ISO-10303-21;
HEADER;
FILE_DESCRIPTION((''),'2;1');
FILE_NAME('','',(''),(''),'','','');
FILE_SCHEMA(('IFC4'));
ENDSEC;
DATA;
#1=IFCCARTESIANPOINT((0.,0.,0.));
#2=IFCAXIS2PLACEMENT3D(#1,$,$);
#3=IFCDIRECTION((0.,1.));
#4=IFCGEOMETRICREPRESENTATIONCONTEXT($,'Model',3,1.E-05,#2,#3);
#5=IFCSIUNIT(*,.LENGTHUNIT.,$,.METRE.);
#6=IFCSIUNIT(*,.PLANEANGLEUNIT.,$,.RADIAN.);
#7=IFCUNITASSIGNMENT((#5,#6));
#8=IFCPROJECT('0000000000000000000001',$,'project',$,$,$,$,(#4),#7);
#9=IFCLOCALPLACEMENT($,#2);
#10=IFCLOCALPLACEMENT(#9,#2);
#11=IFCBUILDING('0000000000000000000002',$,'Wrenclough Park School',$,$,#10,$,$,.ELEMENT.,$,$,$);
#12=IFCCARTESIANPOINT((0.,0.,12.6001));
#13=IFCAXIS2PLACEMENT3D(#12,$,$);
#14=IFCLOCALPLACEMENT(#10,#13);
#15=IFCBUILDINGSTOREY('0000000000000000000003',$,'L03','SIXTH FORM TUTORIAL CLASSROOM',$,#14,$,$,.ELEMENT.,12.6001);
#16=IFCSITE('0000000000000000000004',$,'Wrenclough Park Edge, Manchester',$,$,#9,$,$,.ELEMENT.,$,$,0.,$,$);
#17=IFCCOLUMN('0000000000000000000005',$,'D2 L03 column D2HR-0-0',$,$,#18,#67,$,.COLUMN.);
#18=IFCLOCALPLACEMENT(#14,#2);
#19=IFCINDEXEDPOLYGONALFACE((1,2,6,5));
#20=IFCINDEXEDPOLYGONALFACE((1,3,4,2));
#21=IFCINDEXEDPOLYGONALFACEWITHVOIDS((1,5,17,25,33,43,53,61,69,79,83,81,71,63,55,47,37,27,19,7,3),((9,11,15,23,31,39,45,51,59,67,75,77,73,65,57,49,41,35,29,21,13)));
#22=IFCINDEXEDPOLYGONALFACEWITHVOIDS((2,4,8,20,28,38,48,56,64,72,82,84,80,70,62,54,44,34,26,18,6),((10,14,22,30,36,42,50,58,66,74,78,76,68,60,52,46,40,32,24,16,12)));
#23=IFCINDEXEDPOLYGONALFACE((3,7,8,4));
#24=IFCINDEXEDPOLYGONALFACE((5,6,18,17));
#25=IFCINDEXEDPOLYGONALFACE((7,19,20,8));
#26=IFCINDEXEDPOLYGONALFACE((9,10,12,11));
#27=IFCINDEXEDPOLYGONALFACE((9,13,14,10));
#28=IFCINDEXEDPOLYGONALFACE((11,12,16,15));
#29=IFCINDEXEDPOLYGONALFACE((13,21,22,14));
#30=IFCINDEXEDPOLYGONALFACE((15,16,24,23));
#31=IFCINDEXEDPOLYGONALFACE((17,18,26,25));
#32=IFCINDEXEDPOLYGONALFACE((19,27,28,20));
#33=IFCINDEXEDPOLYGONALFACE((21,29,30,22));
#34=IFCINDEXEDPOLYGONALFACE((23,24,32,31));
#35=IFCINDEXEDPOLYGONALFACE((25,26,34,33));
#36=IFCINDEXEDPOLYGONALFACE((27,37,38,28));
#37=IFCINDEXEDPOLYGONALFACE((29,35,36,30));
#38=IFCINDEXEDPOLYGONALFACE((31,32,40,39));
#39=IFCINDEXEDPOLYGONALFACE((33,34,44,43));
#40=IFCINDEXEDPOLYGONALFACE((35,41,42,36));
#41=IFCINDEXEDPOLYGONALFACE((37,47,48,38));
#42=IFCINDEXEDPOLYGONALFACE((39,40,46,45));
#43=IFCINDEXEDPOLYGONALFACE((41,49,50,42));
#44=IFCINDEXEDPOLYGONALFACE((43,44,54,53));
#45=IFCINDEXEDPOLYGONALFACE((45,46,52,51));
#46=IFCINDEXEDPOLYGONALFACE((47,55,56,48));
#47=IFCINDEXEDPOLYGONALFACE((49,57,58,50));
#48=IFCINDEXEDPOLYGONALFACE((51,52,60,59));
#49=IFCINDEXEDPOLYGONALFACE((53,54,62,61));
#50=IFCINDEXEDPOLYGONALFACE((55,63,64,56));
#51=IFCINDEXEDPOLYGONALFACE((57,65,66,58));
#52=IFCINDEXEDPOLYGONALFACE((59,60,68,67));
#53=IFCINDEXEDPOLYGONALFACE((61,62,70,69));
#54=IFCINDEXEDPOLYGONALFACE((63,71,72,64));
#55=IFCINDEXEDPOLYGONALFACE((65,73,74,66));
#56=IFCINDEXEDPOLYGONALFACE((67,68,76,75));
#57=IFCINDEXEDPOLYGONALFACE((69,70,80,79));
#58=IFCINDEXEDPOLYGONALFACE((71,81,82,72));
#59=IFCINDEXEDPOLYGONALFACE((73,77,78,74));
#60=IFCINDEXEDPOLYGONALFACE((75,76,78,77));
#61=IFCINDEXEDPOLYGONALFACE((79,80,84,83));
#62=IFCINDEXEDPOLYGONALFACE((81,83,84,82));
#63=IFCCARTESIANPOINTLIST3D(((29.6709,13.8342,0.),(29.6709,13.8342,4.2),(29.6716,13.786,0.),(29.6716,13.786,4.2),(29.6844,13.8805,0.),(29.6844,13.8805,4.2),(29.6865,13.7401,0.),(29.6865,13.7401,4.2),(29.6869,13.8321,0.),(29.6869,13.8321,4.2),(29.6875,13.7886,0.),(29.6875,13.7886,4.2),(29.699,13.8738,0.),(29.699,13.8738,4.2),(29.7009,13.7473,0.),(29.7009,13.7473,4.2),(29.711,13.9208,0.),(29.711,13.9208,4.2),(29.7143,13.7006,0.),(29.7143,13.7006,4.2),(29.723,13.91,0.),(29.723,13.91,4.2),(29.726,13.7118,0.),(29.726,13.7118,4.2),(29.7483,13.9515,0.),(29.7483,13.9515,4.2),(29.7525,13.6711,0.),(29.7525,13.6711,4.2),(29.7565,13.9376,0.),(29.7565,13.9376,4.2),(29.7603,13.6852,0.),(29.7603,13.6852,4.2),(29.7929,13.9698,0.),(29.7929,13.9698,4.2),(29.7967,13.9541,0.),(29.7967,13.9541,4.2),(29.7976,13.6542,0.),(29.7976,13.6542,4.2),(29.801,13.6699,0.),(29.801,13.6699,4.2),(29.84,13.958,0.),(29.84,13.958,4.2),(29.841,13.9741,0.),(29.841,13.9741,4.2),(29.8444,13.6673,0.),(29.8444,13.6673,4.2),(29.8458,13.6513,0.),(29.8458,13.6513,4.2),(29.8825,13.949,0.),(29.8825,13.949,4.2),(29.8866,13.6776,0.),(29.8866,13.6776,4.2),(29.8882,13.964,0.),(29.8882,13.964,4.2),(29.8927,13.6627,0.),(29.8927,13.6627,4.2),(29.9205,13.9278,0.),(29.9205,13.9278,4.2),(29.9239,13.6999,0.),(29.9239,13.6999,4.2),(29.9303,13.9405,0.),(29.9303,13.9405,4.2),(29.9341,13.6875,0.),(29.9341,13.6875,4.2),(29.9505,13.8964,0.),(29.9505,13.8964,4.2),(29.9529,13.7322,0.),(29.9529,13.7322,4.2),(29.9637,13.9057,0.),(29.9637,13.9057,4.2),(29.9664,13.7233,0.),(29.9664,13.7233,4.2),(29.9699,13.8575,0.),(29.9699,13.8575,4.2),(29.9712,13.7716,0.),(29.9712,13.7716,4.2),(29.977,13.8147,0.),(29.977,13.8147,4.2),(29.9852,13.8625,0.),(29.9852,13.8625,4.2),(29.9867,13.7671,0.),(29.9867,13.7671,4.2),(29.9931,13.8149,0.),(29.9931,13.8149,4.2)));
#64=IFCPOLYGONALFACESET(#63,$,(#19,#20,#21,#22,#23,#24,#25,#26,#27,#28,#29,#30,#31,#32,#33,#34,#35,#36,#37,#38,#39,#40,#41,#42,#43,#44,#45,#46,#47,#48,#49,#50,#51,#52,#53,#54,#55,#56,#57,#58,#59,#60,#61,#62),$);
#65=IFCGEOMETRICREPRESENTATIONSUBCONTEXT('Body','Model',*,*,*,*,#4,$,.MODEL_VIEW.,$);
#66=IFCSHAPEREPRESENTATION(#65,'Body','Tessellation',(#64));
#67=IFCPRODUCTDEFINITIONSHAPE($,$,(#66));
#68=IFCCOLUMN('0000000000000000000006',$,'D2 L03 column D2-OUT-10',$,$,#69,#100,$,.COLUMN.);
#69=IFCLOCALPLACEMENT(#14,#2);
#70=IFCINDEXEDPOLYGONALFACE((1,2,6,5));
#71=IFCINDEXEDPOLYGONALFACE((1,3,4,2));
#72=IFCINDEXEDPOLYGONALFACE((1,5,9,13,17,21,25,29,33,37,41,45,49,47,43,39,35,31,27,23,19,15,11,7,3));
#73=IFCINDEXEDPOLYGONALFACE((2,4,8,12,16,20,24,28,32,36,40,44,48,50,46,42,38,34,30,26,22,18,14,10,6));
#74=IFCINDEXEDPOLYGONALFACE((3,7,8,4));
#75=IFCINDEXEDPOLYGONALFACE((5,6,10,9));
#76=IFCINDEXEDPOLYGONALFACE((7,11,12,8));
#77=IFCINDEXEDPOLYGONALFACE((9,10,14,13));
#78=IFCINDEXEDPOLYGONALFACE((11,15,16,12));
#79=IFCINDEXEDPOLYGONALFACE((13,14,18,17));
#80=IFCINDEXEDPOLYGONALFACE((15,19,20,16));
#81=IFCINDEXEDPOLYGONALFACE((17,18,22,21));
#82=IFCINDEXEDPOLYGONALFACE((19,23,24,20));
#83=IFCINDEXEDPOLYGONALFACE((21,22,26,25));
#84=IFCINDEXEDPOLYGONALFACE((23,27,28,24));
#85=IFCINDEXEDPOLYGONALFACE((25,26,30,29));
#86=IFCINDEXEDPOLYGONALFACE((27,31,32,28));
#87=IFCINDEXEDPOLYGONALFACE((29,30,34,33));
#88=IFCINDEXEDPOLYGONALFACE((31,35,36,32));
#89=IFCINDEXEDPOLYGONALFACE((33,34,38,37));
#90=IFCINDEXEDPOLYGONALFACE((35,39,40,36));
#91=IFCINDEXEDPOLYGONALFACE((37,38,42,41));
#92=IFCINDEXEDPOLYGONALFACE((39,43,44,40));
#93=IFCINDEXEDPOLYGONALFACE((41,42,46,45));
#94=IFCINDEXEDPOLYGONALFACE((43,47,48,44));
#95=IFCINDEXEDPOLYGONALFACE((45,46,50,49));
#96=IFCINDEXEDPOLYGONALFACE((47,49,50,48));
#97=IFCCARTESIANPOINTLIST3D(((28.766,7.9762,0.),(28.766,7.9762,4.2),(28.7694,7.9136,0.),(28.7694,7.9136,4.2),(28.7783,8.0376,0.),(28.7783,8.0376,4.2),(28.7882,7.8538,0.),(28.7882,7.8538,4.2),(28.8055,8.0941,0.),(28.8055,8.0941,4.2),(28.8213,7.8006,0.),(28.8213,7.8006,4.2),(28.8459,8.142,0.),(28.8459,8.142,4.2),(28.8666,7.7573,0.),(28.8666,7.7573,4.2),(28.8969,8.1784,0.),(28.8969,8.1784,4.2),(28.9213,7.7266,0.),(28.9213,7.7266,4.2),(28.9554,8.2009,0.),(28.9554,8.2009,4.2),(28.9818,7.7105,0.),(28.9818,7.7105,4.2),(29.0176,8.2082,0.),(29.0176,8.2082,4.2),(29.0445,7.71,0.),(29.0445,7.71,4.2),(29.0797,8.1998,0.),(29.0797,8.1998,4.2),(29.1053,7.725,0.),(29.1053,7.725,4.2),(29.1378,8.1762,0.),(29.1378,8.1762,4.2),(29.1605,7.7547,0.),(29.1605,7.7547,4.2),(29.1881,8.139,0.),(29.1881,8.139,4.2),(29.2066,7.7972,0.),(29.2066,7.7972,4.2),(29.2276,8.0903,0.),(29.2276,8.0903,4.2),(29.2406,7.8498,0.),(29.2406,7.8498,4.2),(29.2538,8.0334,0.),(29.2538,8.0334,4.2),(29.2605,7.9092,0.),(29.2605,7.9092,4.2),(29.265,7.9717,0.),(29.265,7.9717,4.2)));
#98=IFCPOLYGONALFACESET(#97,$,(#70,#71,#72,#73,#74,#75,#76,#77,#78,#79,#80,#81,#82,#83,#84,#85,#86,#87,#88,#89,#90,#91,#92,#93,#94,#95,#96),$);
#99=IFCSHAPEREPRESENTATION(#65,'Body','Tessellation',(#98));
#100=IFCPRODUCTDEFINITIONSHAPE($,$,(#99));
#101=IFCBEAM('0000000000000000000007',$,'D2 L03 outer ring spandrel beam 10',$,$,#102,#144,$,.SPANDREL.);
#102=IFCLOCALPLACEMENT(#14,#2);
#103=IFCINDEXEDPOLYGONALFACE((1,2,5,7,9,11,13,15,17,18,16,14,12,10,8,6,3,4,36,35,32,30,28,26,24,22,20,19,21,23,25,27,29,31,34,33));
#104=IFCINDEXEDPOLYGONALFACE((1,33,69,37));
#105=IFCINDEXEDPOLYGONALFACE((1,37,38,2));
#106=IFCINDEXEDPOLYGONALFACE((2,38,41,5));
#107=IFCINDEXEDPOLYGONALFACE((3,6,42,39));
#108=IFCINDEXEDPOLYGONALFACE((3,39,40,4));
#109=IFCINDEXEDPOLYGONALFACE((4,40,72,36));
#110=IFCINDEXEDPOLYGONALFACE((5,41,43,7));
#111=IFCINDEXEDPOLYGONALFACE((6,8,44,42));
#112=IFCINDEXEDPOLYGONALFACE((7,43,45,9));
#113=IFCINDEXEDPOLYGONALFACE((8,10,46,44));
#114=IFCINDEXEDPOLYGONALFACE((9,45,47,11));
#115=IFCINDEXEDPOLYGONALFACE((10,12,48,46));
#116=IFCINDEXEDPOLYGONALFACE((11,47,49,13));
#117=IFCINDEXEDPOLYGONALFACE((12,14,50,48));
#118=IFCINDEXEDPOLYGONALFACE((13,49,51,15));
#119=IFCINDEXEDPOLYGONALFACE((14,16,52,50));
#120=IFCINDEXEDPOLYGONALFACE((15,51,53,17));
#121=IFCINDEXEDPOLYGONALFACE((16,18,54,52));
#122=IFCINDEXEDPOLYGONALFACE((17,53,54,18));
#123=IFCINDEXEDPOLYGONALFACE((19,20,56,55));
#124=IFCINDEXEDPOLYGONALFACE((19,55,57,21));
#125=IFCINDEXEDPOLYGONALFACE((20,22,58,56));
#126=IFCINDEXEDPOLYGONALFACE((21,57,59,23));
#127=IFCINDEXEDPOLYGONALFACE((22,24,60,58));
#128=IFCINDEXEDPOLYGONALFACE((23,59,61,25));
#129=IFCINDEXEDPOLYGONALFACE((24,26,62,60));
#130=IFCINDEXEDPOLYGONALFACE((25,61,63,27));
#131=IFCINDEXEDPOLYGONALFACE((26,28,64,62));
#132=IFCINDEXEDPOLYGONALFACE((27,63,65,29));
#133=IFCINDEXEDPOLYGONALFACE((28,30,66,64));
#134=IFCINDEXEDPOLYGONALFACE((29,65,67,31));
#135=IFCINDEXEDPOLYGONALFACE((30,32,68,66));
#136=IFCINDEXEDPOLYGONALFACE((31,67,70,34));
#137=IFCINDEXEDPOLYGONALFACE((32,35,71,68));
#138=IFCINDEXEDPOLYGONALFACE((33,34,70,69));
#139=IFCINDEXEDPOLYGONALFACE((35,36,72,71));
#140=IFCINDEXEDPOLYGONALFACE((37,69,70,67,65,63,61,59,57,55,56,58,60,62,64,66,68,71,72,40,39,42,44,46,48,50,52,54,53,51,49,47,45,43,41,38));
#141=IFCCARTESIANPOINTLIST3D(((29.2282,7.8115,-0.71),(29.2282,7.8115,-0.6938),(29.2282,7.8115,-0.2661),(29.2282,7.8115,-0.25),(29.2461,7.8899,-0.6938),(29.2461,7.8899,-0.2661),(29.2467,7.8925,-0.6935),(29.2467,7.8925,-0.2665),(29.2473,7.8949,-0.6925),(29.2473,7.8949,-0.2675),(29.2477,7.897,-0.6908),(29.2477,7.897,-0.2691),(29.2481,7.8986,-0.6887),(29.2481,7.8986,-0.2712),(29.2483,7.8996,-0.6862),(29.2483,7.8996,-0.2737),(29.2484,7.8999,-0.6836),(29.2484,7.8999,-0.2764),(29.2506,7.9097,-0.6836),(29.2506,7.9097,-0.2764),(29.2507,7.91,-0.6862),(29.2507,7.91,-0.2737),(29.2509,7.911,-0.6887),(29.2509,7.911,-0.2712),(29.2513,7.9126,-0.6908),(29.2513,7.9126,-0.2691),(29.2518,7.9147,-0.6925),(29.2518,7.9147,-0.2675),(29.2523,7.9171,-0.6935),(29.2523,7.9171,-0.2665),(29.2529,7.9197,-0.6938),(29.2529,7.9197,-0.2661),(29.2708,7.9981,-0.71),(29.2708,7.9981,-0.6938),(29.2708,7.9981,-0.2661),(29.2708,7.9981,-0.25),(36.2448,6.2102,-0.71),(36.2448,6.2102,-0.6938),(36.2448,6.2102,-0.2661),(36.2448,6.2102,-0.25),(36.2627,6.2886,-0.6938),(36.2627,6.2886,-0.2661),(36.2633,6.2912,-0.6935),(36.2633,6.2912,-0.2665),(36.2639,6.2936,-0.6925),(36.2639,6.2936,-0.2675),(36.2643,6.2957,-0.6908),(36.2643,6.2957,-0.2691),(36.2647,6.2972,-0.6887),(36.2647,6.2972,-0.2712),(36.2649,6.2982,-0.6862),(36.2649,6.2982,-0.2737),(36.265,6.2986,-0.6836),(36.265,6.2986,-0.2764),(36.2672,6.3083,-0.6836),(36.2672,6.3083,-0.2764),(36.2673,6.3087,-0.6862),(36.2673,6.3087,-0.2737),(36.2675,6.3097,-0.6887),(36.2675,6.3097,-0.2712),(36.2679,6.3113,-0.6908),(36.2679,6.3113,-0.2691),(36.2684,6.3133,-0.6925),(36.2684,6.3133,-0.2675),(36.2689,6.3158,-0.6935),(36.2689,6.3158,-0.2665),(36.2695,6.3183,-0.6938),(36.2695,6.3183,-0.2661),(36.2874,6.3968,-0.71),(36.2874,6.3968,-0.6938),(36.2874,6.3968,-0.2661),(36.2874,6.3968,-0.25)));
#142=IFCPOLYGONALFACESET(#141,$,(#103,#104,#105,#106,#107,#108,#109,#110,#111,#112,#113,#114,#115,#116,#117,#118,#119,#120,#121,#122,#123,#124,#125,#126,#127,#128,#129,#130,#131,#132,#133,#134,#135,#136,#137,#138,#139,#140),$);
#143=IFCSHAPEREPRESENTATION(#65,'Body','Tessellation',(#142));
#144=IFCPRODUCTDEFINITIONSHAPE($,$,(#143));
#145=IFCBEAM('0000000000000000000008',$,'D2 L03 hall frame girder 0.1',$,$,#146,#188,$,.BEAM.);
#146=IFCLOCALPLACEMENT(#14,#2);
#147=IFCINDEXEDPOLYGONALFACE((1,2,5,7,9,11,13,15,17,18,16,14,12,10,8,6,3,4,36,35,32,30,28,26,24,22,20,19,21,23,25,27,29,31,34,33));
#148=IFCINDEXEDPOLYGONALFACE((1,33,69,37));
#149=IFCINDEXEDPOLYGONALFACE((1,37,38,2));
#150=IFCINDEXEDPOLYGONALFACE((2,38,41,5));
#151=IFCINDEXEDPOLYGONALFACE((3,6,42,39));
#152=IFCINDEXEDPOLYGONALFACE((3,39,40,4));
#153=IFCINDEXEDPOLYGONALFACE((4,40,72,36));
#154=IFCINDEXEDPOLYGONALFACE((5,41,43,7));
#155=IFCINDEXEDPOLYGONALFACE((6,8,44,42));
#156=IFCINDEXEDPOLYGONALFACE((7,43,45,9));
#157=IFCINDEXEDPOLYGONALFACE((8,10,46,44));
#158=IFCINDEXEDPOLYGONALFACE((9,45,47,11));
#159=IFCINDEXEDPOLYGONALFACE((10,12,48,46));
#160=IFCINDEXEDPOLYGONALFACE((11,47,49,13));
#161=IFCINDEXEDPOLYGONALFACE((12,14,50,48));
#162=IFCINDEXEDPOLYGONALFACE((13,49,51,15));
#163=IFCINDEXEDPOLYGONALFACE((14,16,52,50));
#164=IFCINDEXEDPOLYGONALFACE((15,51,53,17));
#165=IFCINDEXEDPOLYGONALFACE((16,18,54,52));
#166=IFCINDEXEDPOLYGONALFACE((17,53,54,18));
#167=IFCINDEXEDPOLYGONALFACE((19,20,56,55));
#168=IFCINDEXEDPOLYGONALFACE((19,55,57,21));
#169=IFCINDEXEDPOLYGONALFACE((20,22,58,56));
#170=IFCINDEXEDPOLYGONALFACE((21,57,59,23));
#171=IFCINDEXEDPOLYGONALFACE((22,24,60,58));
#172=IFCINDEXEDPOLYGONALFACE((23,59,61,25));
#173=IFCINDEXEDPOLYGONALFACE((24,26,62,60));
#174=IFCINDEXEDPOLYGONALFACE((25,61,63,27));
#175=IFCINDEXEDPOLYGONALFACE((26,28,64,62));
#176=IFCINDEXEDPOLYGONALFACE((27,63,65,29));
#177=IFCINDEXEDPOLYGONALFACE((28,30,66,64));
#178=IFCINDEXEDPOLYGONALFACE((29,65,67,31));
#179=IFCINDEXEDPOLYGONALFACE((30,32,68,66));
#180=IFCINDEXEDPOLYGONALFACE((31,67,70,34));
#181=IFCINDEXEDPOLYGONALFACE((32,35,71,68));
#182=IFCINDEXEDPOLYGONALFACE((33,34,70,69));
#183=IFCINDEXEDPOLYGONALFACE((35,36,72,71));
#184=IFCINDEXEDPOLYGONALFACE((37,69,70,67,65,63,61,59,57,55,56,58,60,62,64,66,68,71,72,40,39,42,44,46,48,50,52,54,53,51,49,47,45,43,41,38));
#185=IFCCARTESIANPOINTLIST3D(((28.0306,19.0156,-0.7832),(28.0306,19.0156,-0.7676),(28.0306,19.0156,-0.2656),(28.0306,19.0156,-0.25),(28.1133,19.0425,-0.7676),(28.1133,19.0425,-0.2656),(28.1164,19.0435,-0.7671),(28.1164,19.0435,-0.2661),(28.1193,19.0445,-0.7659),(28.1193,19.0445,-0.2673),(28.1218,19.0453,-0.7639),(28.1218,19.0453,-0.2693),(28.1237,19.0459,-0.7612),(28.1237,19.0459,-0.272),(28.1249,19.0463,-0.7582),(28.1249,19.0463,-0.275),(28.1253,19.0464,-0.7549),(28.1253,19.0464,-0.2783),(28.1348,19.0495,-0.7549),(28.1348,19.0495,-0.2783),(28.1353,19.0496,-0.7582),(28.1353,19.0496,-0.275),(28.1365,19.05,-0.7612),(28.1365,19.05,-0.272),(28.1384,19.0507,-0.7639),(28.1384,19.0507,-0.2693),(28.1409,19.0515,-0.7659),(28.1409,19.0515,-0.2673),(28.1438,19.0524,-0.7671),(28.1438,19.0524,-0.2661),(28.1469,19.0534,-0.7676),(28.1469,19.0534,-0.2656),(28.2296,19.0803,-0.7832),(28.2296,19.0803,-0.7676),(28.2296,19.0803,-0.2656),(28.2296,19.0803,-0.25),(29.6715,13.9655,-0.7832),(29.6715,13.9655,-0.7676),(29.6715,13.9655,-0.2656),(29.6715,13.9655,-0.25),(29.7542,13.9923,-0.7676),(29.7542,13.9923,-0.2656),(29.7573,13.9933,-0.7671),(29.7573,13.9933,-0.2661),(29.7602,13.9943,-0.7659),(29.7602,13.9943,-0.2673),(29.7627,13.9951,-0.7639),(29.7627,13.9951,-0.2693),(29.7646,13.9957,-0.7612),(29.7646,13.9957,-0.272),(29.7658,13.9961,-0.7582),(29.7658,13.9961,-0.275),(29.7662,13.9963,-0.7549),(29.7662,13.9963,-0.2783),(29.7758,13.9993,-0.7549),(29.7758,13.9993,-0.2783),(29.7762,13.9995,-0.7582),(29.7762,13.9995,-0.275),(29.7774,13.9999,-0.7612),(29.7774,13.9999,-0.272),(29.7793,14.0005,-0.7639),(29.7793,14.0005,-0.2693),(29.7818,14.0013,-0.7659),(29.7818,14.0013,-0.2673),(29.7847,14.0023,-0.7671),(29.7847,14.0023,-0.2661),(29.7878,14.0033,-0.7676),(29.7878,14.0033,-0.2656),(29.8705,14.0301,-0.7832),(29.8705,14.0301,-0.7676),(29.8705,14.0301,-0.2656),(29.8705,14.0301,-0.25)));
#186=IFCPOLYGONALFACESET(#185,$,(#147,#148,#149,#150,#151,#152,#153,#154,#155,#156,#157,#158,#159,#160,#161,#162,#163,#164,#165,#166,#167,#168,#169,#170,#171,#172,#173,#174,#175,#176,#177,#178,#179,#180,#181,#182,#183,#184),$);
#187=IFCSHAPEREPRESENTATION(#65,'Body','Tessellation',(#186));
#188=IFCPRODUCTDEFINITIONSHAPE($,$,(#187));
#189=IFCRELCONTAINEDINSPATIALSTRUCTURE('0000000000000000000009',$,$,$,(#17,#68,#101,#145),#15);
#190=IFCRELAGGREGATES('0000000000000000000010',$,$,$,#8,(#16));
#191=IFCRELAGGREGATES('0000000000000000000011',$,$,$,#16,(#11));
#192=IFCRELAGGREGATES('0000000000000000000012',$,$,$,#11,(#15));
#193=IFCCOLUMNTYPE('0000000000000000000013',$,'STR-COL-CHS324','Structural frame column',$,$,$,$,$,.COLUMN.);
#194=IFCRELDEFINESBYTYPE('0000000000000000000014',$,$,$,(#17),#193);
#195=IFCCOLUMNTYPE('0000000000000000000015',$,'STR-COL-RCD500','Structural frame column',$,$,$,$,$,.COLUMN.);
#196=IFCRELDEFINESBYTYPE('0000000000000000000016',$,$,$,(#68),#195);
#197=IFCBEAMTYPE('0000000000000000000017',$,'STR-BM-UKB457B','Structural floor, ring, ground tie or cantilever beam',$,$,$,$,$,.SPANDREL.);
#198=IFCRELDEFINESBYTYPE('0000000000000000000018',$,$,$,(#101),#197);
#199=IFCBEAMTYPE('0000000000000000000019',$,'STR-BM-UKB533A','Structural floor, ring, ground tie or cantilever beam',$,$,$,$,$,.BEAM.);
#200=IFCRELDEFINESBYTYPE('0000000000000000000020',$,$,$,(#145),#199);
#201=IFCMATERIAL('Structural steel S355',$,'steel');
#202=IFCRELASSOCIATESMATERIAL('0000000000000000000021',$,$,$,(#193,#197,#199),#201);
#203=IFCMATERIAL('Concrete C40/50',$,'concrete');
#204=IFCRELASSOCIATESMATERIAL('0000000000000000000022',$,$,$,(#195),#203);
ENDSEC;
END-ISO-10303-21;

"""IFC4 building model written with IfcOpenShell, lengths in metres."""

from ifc_helpers import new_model, si_unit, direction, frame, origin, origin_2d, place, context, subcontext, project, spatial, circle, hollow_circle, i_section, extrude, material, material_profile, profile_set, type_object, element, save


model = new_model("IFC4")

# Units and contexts
model_context = context("Model", 3, precision=1e-05, world=origin(), true_north=direction((0.0, 1.0)))
body_context = subcontext(model_context, "Body", "Model", "MODEL_VIEW")
ifc_project = project(units=[si_unit("LENGTHUNIT", "METRE"), si_unit("PLANEANGLEUNIT", "RADIAN")], contexts=[model_context])

# Site, building, storey
site_placement = place(None, origin())
site = spatial("IfcSite", under=ifc_project, at=site_placement, Name="Wrenclough Park Edge, Manchester", CompositionType="ELEMENT", RefElevation=0.0)
building_placement = place(site_placement, origin())
building = spatial("IfcBuilding", under=site, at=building_placement, Name="Wrenclough Park School", CompositionType="ELEMENT")
storey_placement = place(building_placement, frame((0.0, 0.0, 12.6001)))
storey = spatial("IfcBuildingStorey", under=building, at=storey_placement, Name="L03", Description="SIXTH FORM TUTORIAL CLASSROOM", CompositionType="ELEMENT", Elevation=12.6001)

# Columns
ifc_material_1 = material(Name="Structural steel S355", Category="steel")
ifc_material_profile_1 = material_profile(ifc_material_1, hollow_circle(Radius=0.1619, WallThickness=0.0161, at=origin_2d()), Name="CHS 323.9x16.0")
ifc_profile_set_1 = profile_set([ifc_material_profile_1], Name="Structural steel S355")
column_type_1 = type_object("IfcColumnType", Name="STR-COL-CHS324", Description="Structural frame column", PredefinedType="COLUMN", material=ifc_profile_set_1)
column_1_placement = place(storey_placement, frame((29.8313, 13.8125, 0.0), z_axis=(0.0, 0.0, 1.0), x_axis=(0.951057, 0.309017, 0.0)))
element("IfcColumn", 1, at=column_1_placement, inside=storey, type_object=column_type_1, Name="D2 L03 column D2HR-0-0", PredefinedType="COLUMN", context=body_context, shape_type="SweptSolid", body=[
    extrude(hollow_circle(Radius=0.1619, WallThickness=0.0161, at=origin_2d()), origin(), (0.0, 0.0, 1.0), 4.2),
])
ifc_material_2 = material(Name="Concrete C40/50", Category="concrete")
ifc_material_profile_2 = material_profile(ifc_material_2, circle(Radius=0.25, at=origin_2d()), Name="RC COL D500")
ifc_profile_set_2 = profile_set([ifc_material_profile_2], Name="Concrete C40/50")
column_type_2 = type_object("IfcColumnType", Name="STR-COL-RCD500", Description="Structural frame column", PredefinedType="COLUMN", material=ifc_profile_set_2)
column_2_placement = place(storey_placement, frame((29.0154, 7.9583, 0.0), z_axis=(0.0, 0.0, 1.0), x_axis=(0.901001, -0.433816, 0.0)))
element("IfcColumn", 2, at=column_2_placement, inside=storey, type_object=column_type_2, Name="D2 L03 column D2-OUT-10", PredefinedType="COLUMN", context=body_context, shape_type="SweptSolid", body=[
    extrude(circle(Radius=0.25, at=origin_2d()), origin(), (0.0, 0.0, 1.0), 4.2),
])

# Beams
ifc_material_profile_3 = material_profile(ifc_material_1, i_section(OverallWidth=0.1914, OverallDepth=0.46, WebThickness=0.01, FlangeThickness=0.0161, FilletRadius=0.0103, at=origin_2d()), Name="UKB 457x191x82")
ifc_profile_set_3 = profile_set([ifc_material_profile_3], Name="Structural steel S355")
beam_type_1 = type_object("IfcBeamType", Name="STR-BM-UKB457B", Description="Structural floor, ring, ground tie or cantilever beam", PredefinedType="SPANDREL", material=ifc_profile_set_3)
beam_1_placement = place(storey_placement, frame((29.2495, 7.9048, -0.48), z_axis=(0.974933, -0.222498, 0.0), x_axis=(0.222498, 0.974933, 0.0)))
element("IfcBeam", 3, at=beam_1_placement, inside=storey, type_object=beam_type_1, Name="D2 L03 outer ring spandrel beam 10", PredefinedType="SPANDREL", context=body_context, shape_type="SweptSolid", body=[
    extrude(i_section(OverallWidth=0.1914, OverallDepth=0.46, WebThickness=0.01, FlangeThickness=0.0161, FilletRadius=0.0103, at=origin_2d()), origin(), (0.0, 0.0, 1.0), 7.197),
])
ifc_material_profile_4 = material_profile(ifc_material_1, i_section(OverallWidth=0.2092, OverallDepth=0.5332, WebThickness=0.01, FlangeThickness=0.0156, FilletRadius=0.0127, at=origin_2d()), Name="UKB 533x210x92")
ifc_profile_set_4 = profile_set([ifc_material_profile_4], Name="Structural steel S355")
beam_type_2 = type_object("IfcBeamType", Name="STR-BM-UKB533A", Description="Structural floor, ring, ground tie or cantilever beam", PredefinedType="BEAM", material=ifc_profile_set_4)
beam_2_placement = place(storey_placement, frame((29.771, 13.9978, -0.5166), z_axis=(-0.309018, 0.951056, 0.0), x_axis=(-0.951056, -0.309018, 0.0)))
element("IfcBeam", 4, at=beam_2_placement, inside=storey, type_object=beam_type_2, Name="D2 L03 hall frame girder 0.1", PredefinedType="BEAM", context=body_context, shape_type="SweptSolid", body=[
    extrude(i_section(OverallWidth=0.2092, OverallDepth=0.5332, WebThickness=0.01, FlangeThickness=0.0156, FilletRadius=0.0127, at=origin_2d()), origin(), (0.0, 0.0, 1.0), 5.3101),
])

save(model, "model.ifc")
